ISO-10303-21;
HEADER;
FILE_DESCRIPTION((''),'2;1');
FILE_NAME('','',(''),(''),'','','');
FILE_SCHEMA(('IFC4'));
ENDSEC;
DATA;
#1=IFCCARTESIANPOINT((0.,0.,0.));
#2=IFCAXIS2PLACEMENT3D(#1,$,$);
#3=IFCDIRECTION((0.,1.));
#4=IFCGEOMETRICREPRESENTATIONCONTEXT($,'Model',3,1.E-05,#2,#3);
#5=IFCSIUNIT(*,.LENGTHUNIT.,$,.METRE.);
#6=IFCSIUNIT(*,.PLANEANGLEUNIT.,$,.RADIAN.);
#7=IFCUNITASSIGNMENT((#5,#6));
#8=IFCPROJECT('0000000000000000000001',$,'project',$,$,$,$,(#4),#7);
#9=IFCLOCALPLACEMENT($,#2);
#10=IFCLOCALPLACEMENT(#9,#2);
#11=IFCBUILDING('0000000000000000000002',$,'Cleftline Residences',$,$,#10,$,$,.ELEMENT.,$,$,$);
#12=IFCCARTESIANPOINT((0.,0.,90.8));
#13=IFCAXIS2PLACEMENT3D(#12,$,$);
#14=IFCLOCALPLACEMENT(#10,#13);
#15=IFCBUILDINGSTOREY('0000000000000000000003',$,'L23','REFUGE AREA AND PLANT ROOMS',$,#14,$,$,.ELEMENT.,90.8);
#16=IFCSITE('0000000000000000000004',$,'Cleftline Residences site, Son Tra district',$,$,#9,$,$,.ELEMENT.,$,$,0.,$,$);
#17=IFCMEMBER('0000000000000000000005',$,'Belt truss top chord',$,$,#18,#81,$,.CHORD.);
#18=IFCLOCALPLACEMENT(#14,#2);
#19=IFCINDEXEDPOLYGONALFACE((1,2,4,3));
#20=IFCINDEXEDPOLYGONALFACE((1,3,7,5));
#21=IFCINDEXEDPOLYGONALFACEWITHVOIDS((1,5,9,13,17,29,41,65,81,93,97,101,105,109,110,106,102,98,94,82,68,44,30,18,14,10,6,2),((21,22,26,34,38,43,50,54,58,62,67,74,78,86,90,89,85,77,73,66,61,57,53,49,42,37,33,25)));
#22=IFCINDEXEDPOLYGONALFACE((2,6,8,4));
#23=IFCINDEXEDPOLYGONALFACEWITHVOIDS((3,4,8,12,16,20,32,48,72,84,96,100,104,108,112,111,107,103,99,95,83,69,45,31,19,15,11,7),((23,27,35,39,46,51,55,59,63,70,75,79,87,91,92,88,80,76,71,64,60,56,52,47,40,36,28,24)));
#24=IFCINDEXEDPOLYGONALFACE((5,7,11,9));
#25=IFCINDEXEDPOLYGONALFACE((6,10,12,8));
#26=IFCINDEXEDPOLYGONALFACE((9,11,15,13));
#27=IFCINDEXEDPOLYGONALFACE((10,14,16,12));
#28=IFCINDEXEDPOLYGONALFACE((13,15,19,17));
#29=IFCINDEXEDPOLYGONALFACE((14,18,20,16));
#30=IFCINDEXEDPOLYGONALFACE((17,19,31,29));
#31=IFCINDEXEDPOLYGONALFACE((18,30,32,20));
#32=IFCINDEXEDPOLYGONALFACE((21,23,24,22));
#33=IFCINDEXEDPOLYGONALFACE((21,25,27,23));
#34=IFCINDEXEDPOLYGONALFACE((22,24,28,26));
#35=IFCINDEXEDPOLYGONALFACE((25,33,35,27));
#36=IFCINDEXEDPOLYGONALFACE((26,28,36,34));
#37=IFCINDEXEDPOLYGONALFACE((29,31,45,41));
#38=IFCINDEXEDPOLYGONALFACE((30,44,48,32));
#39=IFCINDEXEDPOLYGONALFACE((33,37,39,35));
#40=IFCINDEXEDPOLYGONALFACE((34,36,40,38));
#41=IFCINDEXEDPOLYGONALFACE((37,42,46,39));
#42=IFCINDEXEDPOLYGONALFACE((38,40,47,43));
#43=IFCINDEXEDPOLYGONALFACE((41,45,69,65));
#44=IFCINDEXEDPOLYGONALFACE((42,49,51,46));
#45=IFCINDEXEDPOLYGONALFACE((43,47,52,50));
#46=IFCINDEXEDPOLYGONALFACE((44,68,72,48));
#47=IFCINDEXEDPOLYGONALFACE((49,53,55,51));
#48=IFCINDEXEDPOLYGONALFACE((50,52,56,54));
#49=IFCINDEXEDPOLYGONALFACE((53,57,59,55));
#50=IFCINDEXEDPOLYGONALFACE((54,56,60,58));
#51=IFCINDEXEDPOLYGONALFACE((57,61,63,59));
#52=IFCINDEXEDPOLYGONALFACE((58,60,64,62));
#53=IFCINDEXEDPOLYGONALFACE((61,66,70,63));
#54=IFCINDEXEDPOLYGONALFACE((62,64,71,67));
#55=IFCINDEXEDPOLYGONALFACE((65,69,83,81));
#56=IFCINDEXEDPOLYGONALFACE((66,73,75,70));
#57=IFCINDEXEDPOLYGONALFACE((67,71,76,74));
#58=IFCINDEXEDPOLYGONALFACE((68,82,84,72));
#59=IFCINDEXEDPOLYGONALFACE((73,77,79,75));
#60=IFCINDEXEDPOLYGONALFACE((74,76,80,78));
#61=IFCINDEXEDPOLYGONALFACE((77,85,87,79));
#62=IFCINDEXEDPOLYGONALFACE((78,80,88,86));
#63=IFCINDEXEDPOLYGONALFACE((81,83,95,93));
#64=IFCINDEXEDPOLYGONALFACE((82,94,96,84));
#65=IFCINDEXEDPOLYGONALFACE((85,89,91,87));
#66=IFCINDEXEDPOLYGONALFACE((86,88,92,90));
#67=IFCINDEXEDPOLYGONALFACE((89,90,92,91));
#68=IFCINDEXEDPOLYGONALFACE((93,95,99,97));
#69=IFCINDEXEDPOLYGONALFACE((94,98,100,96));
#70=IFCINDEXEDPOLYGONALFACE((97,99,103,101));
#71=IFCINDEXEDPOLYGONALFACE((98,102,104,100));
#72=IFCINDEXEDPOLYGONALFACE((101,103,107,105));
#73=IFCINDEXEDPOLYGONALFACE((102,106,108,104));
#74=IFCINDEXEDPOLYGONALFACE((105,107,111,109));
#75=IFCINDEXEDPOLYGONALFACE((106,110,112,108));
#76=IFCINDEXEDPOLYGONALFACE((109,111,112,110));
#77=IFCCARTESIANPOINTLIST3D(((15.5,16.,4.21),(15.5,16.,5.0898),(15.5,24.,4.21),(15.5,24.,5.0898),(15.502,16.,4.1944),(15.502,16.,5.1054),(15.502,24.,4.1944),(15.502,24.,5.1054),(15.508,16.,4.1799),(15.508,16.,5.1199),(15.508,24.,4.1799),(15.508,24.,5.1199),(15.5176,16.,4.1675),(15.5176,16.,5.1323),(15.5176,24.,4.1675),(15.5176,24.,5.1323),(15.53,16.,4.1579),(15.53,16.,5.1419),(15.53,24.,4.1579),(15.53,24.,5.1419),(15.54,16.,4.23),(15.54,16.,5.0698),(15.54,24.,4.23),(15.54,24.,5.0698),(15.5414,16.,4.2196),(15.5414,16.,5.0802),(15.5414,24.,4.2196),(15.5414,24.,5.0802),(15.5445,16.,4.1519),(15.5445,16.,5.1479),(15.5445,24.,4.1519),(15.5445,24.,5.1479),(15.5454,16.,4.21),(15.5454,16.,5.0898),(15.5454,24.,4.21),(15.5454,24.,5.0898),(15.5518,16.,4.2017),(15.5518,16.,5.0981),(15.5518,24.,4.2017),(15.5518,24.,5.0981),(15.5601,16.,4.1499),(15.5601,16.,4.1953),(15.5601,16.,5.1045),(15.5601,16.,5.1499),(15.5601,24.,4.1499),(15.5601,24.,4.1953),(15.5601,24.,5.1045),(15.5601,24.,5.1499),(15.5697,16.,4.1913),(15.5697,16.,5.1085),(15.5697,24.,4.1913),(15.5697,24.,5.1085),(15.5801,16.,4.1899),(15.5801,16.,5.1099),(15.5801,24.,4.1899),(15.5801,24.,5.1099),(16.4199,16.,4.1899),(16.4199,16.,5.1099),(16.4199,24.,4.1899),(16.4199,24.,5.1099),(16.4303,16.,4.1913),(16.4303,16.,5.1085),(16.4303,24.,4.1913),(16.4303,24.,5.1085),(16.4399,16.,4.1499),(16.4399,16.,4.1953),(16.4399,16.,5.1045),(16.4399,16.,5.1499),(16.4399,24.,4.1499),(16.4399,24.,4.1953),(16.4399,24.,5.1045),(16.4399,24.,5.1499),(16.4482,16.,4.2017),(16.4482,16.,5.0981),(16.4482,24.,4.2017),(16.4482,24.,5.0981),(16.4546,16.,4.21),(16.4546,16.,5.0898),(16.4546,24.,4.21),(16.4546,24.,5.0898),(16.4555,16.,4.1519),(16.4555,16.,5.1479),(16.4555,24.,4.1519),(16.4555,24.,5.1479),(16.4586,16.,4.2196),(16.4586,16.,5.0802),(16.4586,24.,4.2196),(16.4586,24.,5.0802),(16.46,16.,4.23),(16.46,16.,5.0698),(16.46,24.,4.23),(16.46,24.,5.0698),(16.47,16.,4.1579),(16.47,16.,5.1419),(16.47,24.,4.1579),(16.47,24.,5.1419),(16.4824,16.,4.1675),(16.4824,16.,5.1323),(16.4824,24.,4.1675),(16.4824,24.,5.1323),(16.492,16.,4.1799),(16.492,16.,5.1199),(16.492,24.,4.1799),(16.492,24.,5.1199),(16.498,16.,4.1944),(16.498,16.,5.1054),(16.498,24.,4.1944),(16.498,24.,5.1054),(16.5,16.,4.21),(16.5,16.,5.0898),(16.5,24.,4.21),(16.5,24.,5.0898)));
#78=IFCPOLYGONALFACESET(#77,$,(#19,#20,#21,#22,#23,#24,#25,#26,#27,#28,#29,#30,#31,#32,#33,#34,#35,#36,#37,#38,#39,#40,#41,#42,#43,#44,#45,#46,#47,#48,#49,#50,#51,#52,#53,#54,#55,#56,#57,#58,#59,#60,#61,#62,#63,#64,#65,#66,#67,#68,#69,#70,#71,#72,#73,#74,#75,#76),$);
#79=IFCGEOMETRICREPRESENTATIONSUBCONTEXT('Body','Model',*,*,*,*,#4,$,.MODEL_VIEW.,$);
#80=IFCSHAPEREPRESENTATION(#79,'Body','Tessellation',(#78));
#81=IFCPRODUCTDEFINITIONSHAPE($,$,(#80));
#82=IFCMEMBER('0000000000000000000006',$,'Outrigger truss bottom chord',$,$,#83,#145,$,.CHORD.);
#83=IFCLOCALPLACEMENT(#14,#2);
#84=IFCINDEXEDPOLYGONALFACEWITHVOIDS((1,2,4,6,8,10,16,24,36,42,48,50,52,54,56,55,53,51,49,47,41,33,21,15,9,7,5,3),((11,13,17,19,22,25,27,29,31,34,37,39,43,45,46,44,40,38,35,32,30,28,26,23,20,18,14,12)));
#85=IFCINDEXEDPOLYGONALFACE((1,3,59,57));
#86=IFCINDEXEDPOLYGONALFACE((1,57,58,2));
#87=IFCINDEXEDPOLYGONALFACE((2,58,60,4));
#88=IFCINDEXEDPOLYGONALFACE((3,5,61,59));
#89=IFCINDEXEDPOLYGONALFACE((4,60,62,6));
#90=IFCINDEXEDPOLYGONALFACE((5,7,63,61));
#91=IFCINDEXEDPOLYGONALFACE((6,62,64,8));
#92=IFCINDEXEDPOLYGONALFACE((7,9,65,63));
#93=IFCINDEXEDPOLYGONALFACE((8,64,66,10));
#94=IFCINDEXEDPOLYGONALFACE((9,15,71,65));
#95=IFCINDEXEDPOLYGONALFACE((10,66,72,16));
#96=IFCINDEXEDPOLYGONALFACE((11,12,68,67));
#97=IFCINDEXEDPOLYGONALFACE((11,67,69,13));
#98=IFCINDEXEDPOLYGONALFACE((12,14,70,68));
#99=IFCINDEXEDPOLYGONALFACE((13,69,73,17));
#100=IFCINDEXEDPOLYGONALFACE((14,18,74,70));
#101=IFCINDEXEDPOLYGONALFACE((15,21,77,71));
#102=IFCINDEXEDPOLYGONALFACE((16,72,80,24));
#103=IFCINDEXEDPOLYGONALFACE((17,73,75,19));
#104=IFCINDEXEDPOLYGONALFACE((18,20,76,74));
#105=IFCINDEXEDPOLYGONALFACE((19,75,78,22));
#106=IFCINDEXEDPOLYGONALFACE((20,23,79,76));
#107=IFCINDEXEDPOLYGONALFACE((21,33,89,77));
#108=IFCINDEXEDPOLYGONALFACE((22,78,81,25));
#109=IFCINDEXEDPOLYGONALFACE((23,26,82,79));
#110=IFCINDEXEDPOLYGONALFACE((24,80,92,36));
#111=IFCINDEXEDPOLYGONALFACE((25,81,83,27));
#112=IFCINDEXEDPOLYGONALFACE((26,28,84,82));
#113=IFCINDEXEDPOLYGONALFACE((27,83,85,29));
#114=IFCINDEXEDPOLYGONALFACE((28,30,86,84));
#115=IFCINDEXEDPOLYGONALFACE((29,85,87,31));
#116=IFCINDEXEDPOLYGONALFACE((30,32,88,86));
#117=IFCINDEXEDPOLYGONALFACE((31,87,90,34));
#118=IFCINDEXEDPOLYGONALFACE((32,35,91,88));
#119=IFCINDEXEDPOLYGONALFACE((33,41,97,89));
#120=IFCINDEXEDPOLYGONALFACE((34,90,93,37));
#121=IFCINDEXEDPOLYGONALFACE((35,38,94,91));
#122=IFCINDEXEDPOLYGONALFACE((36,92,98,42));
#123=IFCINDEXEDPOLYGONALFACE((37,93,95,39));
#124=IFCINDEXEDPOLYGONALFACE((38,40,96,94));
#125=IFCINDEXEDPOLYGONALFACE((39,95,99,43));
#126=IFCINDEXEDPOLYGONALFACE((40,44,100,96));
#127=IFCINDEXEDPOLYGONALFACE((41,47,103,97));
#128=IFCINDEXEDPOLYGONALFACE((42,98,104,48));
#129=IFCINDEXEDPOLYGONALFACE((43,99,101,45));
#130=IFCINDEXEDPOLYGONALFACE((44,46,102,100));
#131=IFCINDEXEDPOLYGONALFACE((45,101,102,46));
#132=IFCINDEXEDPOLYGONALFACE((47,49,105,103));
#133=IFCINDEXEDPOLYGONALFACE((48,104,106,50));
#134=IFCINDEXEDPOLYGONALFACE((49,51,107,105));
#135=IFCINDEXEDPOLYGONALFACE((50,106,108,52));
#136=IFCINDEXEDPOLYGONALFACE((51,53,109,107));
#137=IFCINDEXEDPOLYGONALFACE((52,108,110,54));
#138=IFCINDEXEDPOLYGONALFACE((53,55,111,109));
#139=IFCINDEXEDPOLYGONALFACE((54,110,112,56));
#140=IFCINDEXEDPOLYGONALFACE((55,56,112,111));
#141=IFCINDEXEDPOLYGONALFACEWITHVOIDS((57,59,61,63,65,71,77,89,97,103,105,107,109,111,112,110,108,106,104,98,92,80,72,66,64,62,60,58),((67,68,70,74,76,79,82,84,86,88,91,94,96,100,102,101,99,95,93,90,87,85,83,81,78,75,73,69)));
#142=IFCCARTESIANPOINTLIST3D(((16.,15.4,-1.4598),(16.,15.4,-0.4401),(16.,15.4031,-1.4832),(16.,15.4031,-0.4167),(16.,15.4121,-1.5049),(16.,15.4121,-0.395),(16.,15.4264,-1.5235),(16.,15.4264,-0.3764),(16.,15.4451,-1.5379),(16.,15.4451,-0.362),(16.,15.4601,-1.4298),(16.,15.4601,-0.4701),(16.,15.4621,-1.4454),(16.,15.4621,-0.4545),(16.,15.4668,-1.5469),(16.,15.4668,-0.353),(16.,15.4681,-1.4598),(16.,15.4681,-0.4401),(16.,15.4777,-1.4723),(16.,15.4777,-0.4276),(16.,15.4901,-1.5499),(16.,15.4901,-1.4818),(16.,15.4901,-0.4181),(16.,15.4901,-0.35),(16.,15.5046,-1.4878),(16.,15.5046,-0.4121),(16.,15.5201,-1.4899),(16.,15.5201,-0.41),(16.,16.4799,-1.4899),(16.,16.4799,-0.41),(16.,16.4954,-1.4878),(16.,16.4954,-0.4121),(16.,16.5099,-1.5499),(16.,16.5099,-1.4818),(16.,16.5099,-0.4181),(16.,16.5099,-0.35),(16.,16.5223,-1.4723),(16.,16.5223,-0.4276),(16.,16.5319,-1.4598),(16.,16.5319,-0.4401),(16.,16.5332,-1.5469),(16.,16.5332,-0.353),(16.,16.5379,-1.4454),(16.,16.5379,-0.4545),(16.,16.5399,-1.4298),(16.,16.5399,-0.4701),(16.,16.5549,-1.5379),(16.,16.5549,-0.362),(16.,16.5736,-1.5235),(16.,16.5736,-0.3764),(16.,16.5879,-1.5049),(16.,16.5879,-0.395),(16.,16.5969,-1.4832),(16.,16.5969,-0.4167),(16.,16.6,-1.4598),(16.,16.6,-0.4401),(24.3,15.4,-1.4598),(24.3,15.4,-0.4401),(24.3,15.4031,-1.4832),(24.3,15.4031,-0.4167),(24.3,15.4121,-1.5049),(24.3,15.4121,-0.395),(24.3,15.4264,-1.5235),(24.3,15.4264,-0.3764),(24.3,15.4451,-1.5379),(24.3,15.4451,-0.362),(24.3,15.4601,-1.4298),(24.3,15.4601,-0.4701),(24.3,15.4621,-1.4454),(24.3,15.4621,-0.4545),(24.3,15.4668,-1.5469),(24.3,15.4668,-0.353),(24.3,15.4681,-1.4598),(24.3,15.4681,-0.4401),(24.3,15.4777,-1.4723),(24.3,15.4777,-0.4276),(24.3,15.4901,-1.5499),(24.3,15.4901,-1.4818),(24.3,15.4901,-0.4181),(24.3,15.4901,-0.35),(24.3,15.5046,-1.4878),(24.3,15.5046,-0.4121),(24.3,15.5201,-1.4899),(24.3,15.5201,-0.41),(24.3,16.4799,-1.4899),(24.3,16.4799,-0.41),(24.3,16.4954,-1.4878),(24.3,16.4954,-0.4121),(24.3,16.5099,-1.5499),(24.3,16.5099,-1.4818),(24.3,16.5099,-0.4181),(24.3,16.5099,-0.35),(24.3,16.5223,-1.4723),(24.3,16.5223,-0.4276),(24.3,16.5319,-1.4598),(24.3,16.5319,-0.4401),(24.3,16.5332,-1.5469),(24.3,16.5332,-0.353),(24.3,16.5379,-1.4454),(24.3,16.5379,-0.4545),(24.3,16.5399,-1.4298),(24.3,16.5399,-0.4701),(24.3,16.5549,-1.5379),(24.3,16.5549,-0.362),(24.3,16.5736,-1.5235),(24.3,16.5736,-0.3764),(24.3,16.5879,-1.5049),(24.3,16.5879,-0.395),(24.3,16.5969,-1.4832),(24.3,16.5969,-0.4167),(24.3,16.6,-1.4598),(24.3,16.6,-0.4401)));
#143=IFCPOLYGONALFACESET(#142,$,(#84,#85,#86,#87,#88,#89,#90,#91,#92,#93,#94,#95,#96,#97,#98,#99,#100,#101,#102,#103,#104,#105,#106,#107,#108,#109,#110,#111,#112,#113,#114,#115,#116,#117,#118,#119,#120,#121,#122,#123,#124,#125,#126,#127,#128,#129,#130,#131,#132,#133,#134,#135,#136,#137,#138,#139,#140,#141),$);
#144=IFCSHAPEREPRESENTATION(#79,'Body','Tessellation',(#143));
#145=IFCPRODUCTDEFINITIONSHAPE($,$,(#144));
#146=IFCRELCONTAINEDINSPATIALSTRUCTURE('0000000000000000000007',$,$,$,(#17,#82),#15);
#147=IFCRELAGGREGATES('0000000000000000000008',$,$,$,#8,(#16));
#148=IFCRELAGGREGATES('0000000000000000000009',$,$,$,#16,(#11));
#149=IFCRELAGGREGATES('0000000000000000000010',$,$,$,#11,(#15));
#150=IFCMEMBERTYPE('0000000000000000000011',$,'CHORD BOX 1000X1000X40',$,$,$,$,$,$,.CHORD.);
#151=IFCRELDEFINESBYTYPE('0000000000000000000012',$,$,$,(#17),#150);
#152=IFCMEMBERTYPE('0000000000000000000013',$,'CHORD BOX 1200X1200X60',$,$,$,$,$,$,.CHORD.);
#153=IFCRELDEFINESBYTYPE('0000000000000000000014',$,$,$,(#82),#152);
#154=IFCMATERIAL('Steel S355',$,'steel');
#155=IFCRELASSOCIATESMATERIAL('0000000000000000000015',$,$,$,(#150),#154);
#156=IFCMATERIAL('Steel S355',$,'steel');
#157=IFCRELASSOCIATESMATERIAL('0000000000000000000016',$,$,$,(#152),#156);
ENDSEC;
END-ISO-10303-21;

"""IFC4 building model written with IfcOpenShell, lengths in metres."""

from ifc_helpers import new_model, si_unit, direction, frame, origin, origin_2d, place, context, subcontext, project, spatial, hollow_rectangle, extrude, material, material_profile, profile_set, type_object, element, save


model = new_model("IFC4")

# Units and contexts
model_context = context("Model", 3, precision=1e-05, world=origin(), true_north=direction((0.0, 1.0)))
body_context = subcontext(model_context, "Body", "Model", "MODEL_VIEW")
ifc_project = project(units=[si_unit("LENGTHUNIT", "METRE"), si_unit("PLANEANGLEUNIT", "RADIAN")], contexts=[model_context])

# Site, building, storey
site_placement = place(None, origin())
site = spatial("IfcSite", under=ifc_project, at=site_placement, Name="Cleftline Residences site, Son Tra district", CompositionType="ELEMENT", RefElevation=0.0)
building_placement = place(site_placement, origin())
building = spatial("IfcBuilding", under=site, at=building_placement, Name="Cleftline Residences", CompositionType="ELEMENT")
storey_placement = place(building_placement, frame((0.0, 0.0, 90.8)))
storey = spatial("IfcBuildingStorey", under=building, at=storey_placement, Name="L23", Description="REFUGE AREA AND PLANT ROOMS", CompositionType="ELEMENT", Elevation=90.8)

# Members
ifc_material_1 = material(Name="Steel S355", Category="steel")
ifc_material_profile_1 = material_profile(ifc_material_1, hollow_rectangle(XDim=1.0, YDim=1.0, WallThickness=0.04, InnerFilletRadius=0.04, OuterFilletRadius=0.0601, at=origin_2d()))
ifc_profile_set_1 = profile_set([ifc_material_profile_1], Name="Steel S355")
member_type_1 = type_object("IfcMemberType", Name="CHORD BOX 1000X1000X40", PredefinedType="CHORD", material=ifc_profile_set_1)
for number, where, z_axis, x_axis, name in (
    (1, (16.0, 16.0, 4.6499), (0.0, 1.0, 0.0), (-1.0, 0.0, 0.0), "Belt truss top chord"),
):
    element("IfcMember", number, at=place(storey_placement, frame(where, z_axis=z_axis, x_axis=x_axis)), inside=storey, type_object=member_type_1, Name=name, PredefinedType="CHORD", context=body_context, shape_type="SweptSolid", body=[
        extrude(hollow_rectangle(XDim=1.0, YDim=1.0, WallThickness=0.04, InnerFilletRadius=0.04, OuterFilletRadius=0.0601, at=origin_2d()), origin(), (0.0, 0.0, 1.0), 8.0),
    ])
ifc_material_2 = material(Name="Steel S355", Category="steel")
ifc_material_profile_2 = material_profile(ifc_material_2, hollow_rectangle(XDim=1.2, YDim=1.2, WallThickness=0.0601, InnerFilletRadius=0.0601, OuterFilletRadius=0.0901, at=origin_2d()))
ifc_profile_set_2 = profile_set([ifc_material_profile_2], Name="Steel S355")
member_type_2 = type_object("IfcMemberType", Name="CHORD BOX 1200X1200X60", PredefinedType="CHORD", material=ifc_profile_set_2)
for number, where, z_axis, x_axis, name in (
    (2, (24.3, 16.0, -0.95), (-1.0, 0.0, 0.0), (0.0, -1.0, 0.0), "Outrigger truss bottom chord"),
):
    element("IfcMember", number, at=place(storey_placement, frame(where, z_axis=z_axis, x_axis=x_axis)), inside=storey, type_object=member_type_2, Name=name, PredefinedType="CHORD", context=body_context, shape_type="SweptSolid", body=[
        extrude(hollow_rectangle(XDim=1.2, YDim=1.2, WallThickness=0.0601, InnerFilletRadius=0.0601, OuterFilletRadius=0.0901, at=origin_2d()), origin(), (0.0, 0.0, 1.0), 8.3),
    ])

save(model, "model.ifc")
